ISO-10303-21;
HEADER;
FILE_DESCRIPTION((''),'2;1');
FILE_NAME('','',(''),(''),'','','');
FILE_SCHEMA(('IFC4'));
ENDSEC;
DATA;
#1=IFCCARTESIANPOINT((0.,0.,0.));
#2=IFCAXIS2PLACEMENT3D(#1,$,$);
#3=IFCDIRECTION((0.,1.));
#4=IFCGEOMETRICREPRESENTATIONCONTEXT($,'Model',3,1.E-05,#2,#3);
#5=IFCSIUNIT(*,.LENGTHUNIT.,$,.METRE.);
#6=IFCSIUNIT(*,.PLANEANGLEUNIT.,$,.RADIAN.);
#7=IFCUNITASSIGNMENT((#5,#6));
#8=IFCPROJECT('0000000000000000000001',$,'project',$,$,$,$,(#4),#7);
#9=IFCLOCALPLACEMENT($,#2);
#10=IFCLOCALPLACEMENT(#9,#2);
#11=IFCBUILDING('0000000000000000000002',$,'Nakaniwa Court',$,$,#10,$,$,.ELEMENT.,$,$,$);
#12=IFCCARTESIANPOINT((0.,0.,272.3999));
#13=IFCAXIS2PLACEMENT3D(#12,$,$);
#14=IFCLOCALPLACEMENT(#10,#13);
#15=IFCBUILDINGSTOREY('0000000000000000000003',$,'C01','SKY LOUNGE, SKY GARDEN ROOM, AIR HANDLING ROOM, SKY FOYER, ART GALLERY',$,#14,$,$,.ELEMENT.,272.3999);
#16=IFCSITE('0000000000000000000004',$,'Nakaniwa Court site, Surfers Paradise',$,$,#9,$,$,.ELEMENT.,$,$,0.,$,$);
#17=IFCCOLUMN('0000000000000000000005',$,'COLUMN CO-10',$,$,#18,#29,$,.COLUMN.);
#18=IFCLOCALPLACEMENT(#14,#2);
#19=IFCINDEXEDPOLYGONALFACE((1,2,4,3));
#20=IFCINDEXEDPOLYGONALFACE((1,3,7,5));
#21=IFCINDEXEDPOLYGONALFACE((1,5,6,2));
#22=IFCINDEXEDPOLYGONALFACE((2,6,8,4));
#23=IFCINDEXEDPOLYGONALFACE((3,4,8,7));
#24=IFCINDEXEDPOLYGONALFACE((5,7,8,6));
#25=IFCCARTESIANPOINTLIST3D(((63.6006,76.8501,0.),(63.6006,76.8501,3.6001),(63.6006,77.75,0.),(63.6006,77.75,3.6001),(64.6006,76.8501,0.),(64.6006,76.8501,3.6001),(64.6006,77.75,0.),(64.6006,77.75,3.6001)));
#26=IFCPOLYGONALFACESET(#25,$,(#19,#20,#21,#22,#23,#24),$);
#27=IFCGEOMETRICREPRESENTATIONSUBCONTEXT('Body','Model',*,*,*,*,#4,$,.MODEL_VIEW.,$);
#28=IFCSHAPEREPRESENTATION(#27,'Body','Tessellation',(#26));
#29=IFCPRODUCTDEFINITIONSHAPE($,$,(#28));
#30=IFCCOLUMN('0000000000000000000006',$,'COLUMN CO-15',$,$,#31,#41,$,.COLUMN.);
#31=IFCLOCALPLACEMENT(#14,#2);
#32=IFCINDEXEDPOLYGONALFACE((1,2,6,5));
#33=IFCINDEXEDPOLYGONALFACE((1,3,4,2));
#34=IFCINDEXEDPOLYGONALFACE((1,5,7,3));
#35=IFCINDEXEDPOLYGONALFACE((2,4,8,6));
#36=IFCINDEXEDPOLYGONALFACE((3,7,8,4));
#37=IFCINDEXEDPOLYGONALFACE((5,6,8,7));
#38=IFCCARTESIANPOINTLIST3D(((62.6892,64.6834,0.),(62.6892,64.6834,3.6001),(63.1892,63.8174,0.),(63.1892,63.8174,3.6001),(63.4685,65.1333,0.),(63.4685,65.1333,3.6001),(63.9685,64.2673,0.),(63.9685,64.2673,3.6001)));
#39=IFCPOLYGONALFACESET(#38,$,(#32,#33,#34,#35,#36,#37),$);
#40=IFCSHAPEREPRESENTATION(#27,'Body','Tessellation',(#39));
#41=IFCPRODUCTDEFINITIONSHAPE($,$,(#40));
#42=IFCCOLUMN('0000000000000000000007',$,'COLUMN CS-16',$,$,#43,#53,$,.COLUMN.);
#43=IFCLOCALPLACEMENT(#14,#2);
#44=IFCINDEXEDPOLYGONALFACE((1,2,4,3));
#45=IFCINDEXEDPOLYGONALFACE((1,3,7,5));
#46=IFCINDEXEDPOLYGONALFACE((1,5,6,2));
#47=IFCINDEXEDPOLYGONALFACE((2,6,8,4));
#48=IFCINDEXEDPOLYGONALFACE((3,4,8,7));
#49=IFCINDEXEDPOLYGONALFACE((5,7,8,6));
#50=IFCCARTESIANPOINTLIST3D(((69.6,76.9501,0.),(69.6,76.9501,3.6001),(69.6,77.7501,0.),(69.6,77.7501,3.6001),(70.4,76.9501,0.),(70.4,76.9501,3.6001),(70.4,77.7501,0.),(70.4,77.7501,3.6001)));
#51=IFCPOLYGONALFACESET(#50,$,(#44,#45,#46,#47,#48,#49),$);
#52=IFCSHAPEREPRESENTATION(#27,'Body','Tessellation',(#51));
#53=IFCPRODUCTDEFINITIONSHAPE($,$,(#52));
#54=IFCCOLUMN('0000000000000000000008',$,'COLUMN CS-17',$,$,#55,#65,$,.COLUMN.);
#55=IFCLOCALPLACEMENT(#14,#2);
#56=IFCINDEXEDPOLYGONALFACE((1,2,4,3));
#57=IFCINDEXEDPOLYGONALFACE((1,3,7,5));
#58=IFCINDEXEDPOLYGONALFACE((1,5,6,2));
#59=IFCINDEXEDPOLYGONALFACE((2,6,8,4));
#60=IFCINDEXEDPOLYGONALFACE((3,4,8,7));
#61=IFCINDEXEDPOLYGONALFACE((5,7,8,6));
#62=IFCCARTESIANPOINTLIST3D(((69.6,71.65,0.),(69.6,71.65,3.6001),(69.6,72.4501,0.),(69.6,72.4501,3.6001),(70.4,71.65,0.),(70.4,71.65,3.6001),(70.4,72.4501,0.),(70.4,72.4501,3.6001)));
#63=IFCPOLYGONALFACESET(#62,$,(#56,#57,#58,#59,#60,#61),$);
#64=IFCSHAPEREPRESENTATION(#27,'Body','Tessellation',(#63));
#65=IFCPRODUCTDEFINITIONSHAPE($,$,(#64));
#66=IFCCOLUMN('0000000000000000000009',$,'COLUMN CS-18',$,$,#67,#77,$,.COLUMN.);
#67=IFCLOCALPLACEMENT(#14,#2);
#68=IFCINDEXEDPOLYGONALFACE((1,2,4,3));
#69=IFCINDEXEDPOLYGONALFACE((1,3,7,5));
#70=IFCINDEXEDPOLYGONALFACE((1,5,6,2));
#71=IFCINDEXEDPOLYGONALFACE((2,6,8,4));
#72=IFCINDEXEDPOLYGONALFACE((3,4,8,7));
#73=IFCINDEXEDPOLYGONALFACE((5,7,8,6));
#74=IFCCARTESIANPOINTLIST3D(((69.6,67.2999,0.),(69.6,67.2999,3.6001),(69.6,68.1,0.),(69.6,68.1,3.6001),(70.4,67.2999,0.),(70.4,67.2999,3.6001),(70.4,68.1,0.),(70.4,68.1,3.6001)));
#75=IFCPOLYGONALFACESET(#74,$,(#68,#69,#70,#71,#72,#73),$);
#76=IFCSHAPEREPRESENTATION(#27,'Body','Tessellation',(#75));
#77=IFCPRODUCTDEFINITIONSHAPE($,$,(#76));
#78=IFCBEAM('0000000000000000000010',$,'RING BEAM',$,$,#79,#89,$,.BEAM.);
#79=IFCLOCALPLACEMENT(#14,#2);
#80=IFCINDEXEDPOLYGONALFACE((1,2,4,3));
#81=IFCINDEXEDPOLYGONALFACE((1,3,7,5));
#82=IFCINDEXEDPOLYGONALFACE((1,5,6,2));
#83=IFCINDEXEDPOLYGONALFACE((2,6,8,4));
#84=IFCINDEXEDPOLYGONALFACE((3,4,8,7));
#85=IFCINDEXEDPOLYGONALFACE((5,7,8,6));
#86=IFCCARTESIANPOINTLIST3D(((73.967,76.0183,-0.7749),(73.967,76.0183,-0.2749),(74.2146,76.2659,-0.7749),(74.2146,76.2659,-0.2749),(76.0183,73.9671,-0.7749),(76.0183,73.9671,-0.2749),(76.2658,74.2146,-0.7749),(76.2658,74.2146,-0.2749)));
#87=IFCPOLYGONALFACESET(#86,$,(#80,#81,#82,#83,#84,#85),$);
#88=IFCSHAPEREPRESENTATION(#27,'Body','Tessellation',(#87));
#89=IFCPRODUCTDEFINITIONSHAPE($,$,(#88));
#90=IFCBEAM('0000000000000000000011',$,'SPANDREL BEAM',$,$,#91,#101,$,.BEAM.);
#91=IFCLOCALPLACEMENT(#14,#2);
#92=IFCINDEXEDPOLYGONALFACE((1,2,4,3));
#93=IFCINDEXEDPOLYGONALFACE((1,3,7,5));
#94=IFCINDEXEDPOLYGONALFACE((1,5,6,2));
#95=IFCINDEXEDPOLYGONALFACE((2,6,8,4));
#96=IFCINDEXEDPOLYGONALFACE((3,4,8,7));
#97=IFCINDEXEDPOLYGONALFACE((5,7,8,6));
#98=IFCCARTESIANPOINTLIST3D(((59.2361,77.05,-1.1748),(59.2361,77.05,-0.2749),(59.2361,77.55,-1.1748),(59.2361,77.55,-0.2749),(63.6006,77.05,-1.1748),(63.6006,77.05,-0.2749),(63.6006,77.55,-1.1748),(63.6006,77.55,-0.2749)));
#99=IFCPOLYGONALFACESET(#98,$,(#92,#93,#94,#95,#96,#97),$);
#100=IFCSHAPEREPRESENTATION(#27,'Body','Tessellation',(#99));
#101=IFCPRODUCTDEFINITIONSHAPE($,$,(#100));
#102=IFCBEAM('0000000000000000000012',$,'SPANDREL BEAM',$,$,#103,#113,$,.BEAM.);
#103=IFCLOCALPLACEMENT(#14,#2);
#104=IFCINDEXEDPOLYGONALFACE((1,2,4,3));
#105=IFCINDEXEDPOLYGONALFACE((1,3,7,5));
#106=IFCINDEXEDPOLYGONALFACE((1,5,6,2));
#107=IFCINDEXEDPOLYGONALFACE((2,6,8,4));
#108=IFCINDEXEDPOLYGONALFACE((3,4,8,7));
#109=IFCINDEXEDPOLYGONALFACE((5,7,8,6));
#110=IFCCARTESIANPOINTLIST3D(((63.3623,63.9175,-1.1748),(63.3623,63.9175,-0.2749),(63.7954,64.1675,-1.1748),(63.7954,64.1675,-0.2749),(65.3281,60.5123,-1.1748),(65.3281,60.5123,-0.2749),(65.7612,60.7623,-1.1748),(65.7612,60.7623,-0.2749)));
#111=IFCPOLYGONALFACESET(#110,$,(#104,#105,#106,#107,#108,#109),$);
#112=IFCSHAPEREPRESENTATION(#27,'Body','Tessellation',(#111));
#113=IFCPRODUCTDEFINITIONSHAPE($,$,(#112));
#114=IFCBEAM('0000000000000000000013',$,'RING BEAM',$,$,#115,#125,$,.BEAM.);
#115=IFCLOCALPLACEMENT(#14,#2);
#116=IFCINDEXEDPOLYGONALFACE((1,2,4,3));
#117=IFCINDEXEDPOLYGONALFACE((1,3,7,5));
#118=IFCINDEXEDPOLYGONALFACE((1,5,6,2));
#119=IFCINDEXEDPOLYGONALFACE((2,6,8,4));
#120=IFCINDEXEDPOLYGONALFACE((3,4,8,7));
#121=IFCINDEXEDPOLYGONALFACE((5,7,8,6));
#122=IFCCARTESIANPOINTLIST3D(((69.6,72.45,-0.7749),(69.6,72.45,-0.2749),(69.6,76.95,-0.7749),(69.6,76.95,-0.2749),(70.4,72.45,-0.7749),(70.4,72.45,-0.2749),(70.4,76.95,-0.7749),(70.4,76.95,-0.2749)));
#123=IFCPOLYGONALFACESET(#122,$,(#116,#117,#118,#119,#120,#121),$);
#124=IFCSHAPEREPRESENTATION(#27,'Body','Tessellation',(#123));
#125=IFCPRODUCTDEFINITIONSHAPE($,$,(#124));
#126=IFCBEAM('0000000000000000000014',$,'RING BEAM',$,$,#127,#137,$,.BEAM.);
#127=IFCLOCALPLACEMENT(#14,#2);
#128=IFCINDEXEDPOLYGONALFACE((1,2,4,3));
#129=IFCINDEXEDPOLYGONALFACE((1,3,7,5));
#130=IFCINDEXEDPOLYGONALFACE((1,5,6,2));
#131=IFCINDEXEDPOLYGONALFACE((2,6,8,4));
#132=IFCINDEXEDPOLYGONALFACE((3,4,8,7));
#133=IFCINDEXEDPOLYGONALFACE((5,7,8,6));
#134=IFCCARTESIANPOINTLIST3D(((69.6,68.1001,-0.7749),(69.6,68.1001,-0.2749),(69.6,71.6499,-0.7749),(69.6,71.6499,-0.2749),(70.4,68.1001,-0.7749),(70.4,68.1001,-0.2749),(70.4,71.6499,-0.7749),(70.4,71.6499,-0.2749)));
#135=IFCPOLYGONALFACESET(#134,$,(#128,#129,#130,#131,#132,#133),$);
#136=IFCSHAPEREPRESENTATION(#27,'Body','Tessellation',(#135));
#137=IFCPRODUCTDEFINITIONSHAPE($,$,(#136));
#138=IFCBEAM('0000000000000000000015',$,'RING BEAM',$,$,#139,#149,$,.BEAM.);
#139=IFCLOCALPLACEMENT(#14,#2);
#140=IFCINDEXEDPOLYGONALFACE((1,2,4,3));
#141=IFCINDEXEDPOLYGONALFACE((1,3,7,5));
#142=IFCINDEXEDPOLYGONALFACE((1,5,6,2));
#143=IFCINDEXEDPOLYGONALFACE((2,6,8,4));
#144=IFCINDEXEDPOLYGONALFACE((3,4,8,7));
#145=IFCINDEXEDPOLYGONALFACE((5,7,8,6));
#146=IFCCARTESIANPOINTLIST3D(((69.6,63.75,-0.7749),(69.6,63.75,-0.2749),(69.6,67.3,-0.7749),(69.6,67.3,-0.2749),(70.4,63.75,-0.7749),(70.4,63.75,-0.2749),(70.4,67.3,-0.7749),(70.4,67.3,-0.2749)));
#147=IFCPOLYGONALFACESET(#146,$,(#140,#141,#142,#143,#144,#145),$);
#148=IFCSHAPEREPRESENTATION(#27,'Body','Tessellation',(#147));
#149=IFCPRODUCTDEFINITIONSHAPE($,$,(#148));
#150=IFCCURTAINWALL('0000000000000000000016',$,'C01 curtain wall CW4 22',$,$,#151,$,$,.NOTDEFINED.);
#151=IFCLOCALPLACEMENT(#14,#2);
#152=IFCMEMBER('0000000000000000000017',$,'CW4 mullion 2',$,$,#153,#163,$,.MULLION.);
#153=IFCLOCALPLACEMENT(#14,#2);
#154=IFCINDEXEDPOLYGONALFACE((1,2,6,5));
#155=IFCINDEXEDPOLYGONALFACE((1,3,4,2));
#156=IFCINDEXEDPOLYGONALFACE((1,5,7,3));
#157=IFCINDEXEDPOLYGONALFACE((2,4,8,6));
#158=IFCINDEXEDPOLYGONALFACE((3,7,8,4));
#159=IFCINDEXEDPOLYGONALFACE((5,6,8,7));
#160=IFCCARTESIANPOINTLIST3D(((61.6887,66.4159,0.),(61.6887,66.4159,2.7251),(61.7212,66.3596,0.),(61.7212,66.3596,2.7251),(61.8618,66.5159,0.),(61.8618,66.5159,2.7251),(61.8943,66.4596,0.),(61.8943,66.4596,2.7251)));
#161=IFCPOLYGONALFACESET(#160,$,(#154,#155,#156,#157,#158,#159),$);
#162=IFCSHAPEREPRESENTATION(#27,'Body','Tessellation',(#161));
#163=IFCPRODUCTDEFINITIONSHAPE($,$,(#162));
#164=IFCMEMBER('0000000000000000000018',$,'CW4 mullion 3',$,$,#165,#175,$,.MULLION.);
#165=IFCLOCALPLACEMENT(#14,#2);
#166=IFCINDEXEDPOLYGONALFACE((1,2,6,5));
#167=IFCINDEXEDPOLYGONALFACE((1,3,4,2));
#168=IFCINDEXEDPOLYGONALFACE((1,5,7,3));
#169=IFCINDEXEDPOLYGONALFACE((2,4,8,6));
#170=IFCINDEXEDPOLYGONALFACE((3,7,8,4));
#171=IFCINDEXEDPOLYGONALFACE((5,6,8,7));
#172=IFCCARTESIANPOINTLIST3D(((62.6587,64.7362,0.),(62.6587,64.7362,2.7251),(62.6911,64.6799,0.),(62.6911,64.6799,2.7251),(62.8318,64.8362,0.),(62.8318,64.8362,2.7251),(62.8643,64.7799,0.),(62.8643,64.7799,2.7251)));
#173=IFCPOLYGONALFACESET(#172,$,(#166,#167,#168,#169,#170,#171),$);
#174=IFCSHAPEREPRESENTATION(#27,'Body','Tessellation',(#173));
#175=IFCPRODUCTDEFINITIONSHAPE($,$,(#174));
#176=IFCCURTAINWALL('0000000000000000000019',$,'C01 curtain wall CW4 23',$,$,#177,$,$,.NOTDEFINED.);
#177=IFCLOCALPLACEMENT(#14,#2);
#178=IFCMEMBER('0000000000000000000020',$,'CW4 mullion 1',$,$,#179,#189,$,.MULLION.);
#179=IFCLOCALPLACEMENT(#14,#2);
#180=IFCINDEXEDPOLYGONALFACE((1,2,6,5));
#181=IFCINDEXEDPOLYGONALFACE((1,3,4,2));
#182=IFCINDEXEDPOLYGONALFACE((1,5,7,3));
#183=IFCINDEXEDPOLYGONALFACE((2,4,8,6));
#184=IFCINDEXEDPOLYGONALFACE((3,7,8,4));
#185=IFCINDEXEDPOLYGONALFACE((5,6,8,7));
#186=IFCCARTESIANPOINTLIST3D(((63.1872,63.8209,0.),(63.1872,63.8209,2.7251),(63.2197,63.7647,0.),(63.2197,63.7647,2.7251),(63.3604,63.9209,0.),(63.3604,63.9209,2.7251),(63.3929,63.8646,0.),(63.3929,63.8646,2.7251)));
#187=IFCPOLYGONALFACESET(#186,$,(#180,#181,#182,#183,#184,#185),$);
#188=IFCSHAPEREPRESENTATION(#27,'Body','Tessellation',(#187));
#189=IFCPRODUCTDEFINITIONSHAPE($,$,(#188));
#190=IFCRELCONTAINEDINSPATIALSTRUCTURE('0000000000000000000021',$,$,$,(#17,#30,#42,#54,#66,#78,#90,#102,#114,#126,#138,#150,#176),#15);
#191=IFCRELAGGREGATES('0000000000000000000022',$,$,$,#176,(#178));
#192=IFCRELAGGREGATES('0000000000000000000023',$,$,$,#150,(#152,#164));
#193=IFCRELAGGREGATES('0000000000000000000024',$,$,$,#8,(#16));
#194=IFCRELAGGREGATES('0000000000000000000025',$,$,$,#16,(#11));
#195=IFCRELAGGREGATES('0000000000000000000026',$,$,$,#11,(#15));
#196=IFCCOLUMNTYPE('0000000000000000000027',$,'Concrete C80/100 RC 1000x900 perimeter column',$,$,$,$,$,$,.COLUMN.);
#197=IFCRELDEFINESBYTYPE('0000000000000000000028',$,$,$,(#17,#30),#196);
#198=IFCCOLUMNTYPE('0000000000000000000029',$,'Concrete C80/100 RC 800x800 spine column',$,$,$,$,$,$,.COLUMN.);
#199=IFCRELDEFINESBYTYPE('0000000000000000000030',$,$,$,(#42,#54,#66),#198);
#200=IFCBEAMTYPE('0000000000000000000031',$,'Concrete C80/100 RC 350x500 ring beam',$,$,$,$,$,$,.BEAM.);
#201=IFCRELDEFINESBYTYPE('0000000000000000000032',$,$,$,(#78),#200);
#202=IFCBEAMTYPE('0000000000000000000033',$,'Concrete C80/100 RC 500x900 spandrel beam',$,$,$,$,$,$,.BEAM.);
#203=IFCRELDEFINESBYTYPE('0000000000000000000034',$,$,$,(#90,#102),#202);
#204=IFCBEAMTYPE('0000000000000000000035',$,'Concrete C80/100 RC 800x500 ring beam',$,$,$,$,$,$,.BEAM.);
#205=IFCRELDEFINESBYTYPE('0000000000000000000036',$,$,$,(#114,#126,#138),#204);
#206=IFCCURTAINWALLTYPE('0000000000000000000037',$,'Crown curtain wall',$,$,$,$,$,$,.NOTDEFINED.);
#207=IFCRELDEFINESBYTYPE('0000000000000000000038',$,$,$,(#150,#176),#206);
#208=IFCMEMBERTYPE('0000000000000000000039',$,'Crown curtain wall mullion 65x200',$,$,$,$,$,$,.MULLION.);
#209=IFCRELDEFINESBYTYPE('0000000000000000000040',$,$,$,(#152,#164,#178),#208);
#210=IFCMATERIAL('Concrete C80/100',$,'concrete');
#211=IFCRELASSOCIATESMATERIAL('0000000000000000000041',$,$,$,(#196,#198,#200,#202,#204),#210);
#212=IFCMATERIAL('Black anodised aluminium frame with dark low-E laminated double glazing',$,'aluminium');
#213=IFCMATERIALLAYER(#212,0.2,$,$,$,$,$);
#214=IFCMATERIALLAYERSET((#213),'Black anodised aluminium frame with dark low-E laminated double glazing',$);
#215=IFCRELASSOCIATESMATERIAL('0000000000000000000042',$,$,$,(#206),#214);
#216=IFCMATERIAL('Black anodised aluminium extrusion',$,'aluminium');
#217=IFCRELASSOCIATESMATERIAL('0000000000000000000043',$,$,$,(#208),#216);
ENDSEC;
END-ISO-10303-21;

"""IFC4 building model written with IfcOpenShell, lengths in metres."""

from ifc_helpers import new_model, si_unit, direction, frame, origin, origin_2d, place, context, subcontext, project, spatial, rectangle, extrude, material, layer, layer_set, material_profile, profile_set, type_object, element, aggregate, save


model = new_model("IFC4")

# Units and contexts
model_context = context("Model", 3, precision=1e-05, world=origin(), true_north=direction((0.0, 1.0)))
body_context = subcontext(model_context, "Body", "Model", "MODEL_VIEW")
ifc_project = project(units=[si_unit("LENGTHUNIT", "METRE"), si_unit("PLANEANGLEUNIT", "RADIAN")], contexts=[model_context])

# Site, building, storey
site_placement = place(None, origin())
site = spatial("IfcSite", under=ifc_project, at=site_placement, Name="Nakaniwa Court site, Surfers Paradise", CompositionType="ELEMENT", RefElevation=0.0)
building_placement = place(site_placement, origin())
building = spatial("IfcBuilding", under=site, at=building_placement, Name="Nakaniwa Court", CompositionType="ELEMENT")
storey_placement = place(building_placement, frame((0.0, 0.0, 272.3999)))
storey = spatial("IfcBuildingStorey", under=building, at=storey_placement, Name="C01", Description="SKY LOUNGE, SKY GARDEN ROOM, AIR HANDLING ROOM, SKY FOYER, ART GALLERY", CompositionType="ELEMENT", Elevation=272.3999)

# Columns
ifc_material_1 = material(Name="Concrete C80/100", Category="concrete")
ifc_material_profile_1 = material_profile(ifc_material_1, rectangle(XDim=1.0, YDim=0.8999, at=origin_2d()), Name="Concrete C80/100 RC 1000x900 perimeter column")
ifc_profile_set_1 = profile_set([ifc_material_profile_1], Name="Concrete C80/100")
column_type_1 = type_object("IfcColumnType", Name="Concrete C80/100 RC 1000x900 perimeter column", PredefinedType="COLUMN", material=ifc_profile_set_1)
for number, where, z_axis, x_axis, name in (
    (1, (64.1006, 77.3, 0.0), (0.0, 0.0, 1.0), (-1.0, 0.0, 0.0), "COLUMN CO-10"),
    (2, (63.3289, 64.4753, 0.0), (0.0, 0.0, 1.0), (0.5, -0.866025, 0.0), "COLUMN CO-15"),
):
    element("IfcColumn", number, at=place(storey_placement, frame(where, z_axis=z_axis, x_axis=x_axis)), inside=storey, type_object=column_type_1, Name=name, PredefinedType="COLUMN", context=body_context, shape_type="SweptSolid", body=[
        extrude(rectangle(XDim=1.0, YDim=0.8999, at=origin_2d()), origin(), (0.0, 0.0, 1.0), 3.6001),
    ])
ifc_material_profile_2 = material_profile(ifc_material_1, rectangle(XDim=0.8, YDim=0.8, at=origin_2d()), Name="Concrete C80/100 RC 800x800 spine column")
ifc_profile_set_2 = profile_set([ifc_material_profile_2], Name="Concrete C80/100")
column_type_2 = type_object("IfcColumnType", Name="Concrete C80/100 RC 800x800 spine column", PredefinedType="COLUMN", material=ifc_profile_set_2)
for number, where, z_axis, x_axis, name in (
    (3, (70.0, 77.3501, 0.0), (0.0, 0.0, 1.0), (0.0, -1.0, 0.0), "COLUMN CS-16"),
    (4, (70.0, 72.05, 0.0), (0.0, 0.0, 1.0), (0.0, -1.0, 0.0), "COLUMN CS-17"),
    (5, (70.0, 67.7, 0.0), (0.0, 0.0, 1.0), (0.0, -1.0, 0.0), "COLUMN CS-18"),
):
    element("IfcColumn", number, at=place(storey_placement, frame(where, z_axis=z_axis, x_axis=x_axis)), inside=storey, type_object=column_type_2, Name=name, PredefinedType="COLUMN", context=body_context, shape_type="SweptSolid", body=[
        extrude(rectangle(XDim=0.8, YDim=0.8, at=origin_2d()), origin(), (0.0, 0.0, 1.0), 3.6001),
    ])

# Beams
ifc_material_profile_3 = material_profile(ifc_material_1, rectangle(XDim=0.3501, YDim=0.5, at=origin_2d()), Name="Concrete C80/100 RC 350x500 ring beam")
ifc_profile_set_3 = profile_set([ifc_material_profile_3], Name="Concrete C80/100")
beam_type_1 = type_object("IfcBeamType", Name="Concrete C80/100 RC 350x500 ring beam", PredefinedType="BEAM", material=ifc_profile_set_3)
beam_1_placement = place(storey_placement, frame((74.0908, 76.1421, -0.5249), z_axis=(0.707107, -0.707107, 0.0), x_axis=(0.707107, 0.707107, 0.0)))
element("IfcBeam", 6, at=beam_1_placement, inside=storey, type_object=beam_type_1, Name="RING BEAM", PredefinedType="BEAM", context=body_context, shape_type="SweptSolid", body=[
    extrude(rectangle(XDim=0.3501, YDim=0.5, at=origin_2d()), origin(), (0.0, 0.0, 1.0), 2.9009),
])
ifc_material_profile_4 = material_profile(ifc_material_1, rectangle(XDim=0.5, YDim=0.8999, at=origin_2d()), Name="Concrete C80/100 RC 500x900 spandrel beam")
ifc_profile_set_4 = profile_set([ifc_material_profile_4], Name="Concrete C80/100")
beam_type_2 = type_object("IfcBeamType", Name="Concrete C80/100 RC 500x900 spandrel beam", PredefinedType="BEAM", material=ifc_profile_set_4)
beam_2_placement = place(storey_placement, frame((63.6006, 77.3, -0.7249), z_axis=(-1.0, 0.0, 0.0), x_axis=(0.0, -1.0, 0.0)))
element("IfcBeam", 7, at=beam_2_placement, inside=storey, type_object=beam_type_2, Name="SPANDREL BEAM", PredefinedType="BEAM", context=body_context, shape_type="SweptSolid", body=[
    extrude(rectangle(XDim=0.5, YDim=0.8999, at=origin_2d()), origin(), (0.0, 0.0, 1.0), 4.3645),
])
beam_3_placement = place(storey_placement, frame((63.5789, 64.0425, -0.7249), z_axis=(0.499959, -0.866049, 0.0), x_axis=(0.866049, 0.499959, 0.0)))
element("IfcBeam", 8, at=beam_3_placement, inside=storey, type_object=beam_type_2, Name="SPANDREL BEAM", PredefinedType="BEAM", context=body_context, shape_type="SweptSolid", body=[
    extrude(rectangle(XDim=0.5, YDim=0.8999, at=origin_2d()), origin(), (0.0, 0.0, 1.0), 3.9319),
])
ifc_material_profile_5 = material_profile(ifc_material_1, rectangle(XDim=0.8, YDim=0.5, at=origin_2d()), Name="Concrete C80/100 RC 800x500 ring beam")
ifc_profile_set_5 = profile_set([ifc_material_profile_5], Name="Concrete C80/100")
beam_type_3 = type_object("IfcBeamType", Name="Concrete C80/100 RC 800x500 ring beam", PredefinedType="BEAM", material=ifc_profile_set_5)
beam_4_placement = place(storey_placement, frame((70.0, 76.95, -0.5249), z_axis=(0.0, -1.0, 0.0), x_axis=(1.0, 0.0, 0.0)))
element("IfcBeam", 9, at=beam_4_placement, inside=storey, type_object=beam_type_3, Name="RING BEAM", PredefinedType="BEAM", context=body_context, shape_type="SweptSolid", body=[
    extrude(rectangle(XDim=0.8, YDim=0.5, at=origin_2d()), origin(), (0.0, 0.0, 1.0), 4.5),
])
beam_5_placement = place(storey_placement, frame((70.0, 71.6499, -0.5249), z_axis=(0.0, -1.0, 0.0), x_axis=(1.0, 0.0, 0.0)))
element("IfcBeam", 10, at=beam_5_placement, inside=storey, type_object=beam_type_3, Name="RING BEAM", PredefinedType="BEAM", context=body_context, shape_type="SweptSolid", body=[
    extrude(rectangle(XDim=0.8, YDim=0.5, at=origin_2d()), origin(), (0.0, 0.0, 1.0), 3.5498),
])
beam_6_placement = place(storey_placement, frame((70.0, 67.3, -0.5249), z_axis=(0.0, -1.0, 0.0), x_axis=(1.0, 0.0, 0.0)))
element("IfcBeam", 11, at=beam_6_placement, inside=storey, type_object=beam_type_3, Name="RING BEAM", PredefinedType="BEAM", context=body_context, shape_type="SweptSolid", body=[
    extrude(rectangle(XDim=0.8, YDim=0.5, at=origin_2d()), origin(), (0.0, 0.0, 1.0), 3.55),
])

# Curtain wall, members
ifc_material_2 = material(Name="Black anodised aluminium frame with dark low-E laminated double glazing", Category="aluminium")
ifc_layer_1 = layer(ifc_material_2, 0.2)
ifc_layer_set_1 = layer_set([ifc_layer_1], Name="Black anodised aluminium frame with dark low-E laminated double glazing")
curtain_wall_type = type_object("IfcCurtainWallType", Name="Crown curtain wall", PredefinedType="NOTDEFINED", material=ifc_layer_set_1)
curtain_wall_1_placement = place(storey_placement, origin())
curtain_wall_1 = element("IfcCurtainWall", 12, at=curtain_wall_1_placement, inside=storey, type_object=curtain_wall_type, Name="C01 curtain wall CW4 22", PredefinedType="NOTDEFINED")
ifc_material_3 = material(Name="Black anodised aluminium extrusion", Category="aluminium")
ifc_material_profile_6 = material_profile(ifc_material_3, rectangle(XDim=0.2, YDim=0.0649, at=origin_2d()), Name="Crown curtain wall mullion 65x200")
ifc_profile_set_6 = profile_set([ifc_material_profile_6], Name="Black anodised aluminium extrusion")
member_type_1 = type_object("IfcMemberType", Name="Crown curtain wall mullion 65x200", PredefinedType="MULLION", material=ifc_profile_set_6)
member_1_placement = place(storey_placement, frame((61.7915, 66.4377, 0.0), z_axis=(0.0, 0.0, 1.0), x_axis=(0.866016, 0.500017, 0.0)))
member_1 = element("IfcMember", 13, at=member_1_placement, type_object=member_type_1, Name="CW4 mullion 2", PredefinedType="MULLION", context=body_context, shape_type="SweptSolid", body=[
    extrude(rectangle(XDim=0.2, YDim=0.0649, at=origin_2d()), origin(), (0.0, 0.0, 1.0), 2.7251),
])
member_2_placement = place(storey_placement, frame((62.7615, 64.7581, 0.0), z_axis=(0.0, 0.0, 1.0), x_axis=(0.866016, 0.500017, 0.0)))
member_2 = element("IfcMember", 14, at=member_2_placement, type_object=member_type_1, Name="CW4 mullion 3", PredefinedType="MULLION", context=body_context, shape_type="SweptSolid", body=[
    extrude(rectangle(XDim=0.2, YDim=0.0649, at=origin_2d()), origin(), (0.0, 0.0, 1.0), 2.7251),
])

# Curtain wall, member
curtain_wall_2_placement = place(storey_placement, origin())
curtain_wall_2 = element("IfcCurtainWall", 15, at=curtain_wall_2_placement, inside=storey, type_object=curtain_wall_type, Name="C01 curtain wall CW4 23", PredefinedType="NOTDEFINED")
member_3_placement = place(storey_placement, frame((63.29, 63.8428, 0.0), z_axis=(0.0, 0.0, 1.0), x_axis=(0.866028, 0.499996, 0.0)))
member_3 = element("IfcMember", 16, at=member_3_placement, type_object=member_type_1, Name="CW4 mullion 1", PredefinedType="MULLION", context=body_context, shape_type="SweptSolid", body=[
    extrude(rectangle(XDim=0.2, YDim=0.0649, at=origin_2d()), origin(), (0.0, 0.0, 1.0), 2.7251),
])

aggregate(curtain_wall_2, [member_3])

aggregate(curtain_wall_1, [member_1, member_2])

save(model, "model.ifc")
